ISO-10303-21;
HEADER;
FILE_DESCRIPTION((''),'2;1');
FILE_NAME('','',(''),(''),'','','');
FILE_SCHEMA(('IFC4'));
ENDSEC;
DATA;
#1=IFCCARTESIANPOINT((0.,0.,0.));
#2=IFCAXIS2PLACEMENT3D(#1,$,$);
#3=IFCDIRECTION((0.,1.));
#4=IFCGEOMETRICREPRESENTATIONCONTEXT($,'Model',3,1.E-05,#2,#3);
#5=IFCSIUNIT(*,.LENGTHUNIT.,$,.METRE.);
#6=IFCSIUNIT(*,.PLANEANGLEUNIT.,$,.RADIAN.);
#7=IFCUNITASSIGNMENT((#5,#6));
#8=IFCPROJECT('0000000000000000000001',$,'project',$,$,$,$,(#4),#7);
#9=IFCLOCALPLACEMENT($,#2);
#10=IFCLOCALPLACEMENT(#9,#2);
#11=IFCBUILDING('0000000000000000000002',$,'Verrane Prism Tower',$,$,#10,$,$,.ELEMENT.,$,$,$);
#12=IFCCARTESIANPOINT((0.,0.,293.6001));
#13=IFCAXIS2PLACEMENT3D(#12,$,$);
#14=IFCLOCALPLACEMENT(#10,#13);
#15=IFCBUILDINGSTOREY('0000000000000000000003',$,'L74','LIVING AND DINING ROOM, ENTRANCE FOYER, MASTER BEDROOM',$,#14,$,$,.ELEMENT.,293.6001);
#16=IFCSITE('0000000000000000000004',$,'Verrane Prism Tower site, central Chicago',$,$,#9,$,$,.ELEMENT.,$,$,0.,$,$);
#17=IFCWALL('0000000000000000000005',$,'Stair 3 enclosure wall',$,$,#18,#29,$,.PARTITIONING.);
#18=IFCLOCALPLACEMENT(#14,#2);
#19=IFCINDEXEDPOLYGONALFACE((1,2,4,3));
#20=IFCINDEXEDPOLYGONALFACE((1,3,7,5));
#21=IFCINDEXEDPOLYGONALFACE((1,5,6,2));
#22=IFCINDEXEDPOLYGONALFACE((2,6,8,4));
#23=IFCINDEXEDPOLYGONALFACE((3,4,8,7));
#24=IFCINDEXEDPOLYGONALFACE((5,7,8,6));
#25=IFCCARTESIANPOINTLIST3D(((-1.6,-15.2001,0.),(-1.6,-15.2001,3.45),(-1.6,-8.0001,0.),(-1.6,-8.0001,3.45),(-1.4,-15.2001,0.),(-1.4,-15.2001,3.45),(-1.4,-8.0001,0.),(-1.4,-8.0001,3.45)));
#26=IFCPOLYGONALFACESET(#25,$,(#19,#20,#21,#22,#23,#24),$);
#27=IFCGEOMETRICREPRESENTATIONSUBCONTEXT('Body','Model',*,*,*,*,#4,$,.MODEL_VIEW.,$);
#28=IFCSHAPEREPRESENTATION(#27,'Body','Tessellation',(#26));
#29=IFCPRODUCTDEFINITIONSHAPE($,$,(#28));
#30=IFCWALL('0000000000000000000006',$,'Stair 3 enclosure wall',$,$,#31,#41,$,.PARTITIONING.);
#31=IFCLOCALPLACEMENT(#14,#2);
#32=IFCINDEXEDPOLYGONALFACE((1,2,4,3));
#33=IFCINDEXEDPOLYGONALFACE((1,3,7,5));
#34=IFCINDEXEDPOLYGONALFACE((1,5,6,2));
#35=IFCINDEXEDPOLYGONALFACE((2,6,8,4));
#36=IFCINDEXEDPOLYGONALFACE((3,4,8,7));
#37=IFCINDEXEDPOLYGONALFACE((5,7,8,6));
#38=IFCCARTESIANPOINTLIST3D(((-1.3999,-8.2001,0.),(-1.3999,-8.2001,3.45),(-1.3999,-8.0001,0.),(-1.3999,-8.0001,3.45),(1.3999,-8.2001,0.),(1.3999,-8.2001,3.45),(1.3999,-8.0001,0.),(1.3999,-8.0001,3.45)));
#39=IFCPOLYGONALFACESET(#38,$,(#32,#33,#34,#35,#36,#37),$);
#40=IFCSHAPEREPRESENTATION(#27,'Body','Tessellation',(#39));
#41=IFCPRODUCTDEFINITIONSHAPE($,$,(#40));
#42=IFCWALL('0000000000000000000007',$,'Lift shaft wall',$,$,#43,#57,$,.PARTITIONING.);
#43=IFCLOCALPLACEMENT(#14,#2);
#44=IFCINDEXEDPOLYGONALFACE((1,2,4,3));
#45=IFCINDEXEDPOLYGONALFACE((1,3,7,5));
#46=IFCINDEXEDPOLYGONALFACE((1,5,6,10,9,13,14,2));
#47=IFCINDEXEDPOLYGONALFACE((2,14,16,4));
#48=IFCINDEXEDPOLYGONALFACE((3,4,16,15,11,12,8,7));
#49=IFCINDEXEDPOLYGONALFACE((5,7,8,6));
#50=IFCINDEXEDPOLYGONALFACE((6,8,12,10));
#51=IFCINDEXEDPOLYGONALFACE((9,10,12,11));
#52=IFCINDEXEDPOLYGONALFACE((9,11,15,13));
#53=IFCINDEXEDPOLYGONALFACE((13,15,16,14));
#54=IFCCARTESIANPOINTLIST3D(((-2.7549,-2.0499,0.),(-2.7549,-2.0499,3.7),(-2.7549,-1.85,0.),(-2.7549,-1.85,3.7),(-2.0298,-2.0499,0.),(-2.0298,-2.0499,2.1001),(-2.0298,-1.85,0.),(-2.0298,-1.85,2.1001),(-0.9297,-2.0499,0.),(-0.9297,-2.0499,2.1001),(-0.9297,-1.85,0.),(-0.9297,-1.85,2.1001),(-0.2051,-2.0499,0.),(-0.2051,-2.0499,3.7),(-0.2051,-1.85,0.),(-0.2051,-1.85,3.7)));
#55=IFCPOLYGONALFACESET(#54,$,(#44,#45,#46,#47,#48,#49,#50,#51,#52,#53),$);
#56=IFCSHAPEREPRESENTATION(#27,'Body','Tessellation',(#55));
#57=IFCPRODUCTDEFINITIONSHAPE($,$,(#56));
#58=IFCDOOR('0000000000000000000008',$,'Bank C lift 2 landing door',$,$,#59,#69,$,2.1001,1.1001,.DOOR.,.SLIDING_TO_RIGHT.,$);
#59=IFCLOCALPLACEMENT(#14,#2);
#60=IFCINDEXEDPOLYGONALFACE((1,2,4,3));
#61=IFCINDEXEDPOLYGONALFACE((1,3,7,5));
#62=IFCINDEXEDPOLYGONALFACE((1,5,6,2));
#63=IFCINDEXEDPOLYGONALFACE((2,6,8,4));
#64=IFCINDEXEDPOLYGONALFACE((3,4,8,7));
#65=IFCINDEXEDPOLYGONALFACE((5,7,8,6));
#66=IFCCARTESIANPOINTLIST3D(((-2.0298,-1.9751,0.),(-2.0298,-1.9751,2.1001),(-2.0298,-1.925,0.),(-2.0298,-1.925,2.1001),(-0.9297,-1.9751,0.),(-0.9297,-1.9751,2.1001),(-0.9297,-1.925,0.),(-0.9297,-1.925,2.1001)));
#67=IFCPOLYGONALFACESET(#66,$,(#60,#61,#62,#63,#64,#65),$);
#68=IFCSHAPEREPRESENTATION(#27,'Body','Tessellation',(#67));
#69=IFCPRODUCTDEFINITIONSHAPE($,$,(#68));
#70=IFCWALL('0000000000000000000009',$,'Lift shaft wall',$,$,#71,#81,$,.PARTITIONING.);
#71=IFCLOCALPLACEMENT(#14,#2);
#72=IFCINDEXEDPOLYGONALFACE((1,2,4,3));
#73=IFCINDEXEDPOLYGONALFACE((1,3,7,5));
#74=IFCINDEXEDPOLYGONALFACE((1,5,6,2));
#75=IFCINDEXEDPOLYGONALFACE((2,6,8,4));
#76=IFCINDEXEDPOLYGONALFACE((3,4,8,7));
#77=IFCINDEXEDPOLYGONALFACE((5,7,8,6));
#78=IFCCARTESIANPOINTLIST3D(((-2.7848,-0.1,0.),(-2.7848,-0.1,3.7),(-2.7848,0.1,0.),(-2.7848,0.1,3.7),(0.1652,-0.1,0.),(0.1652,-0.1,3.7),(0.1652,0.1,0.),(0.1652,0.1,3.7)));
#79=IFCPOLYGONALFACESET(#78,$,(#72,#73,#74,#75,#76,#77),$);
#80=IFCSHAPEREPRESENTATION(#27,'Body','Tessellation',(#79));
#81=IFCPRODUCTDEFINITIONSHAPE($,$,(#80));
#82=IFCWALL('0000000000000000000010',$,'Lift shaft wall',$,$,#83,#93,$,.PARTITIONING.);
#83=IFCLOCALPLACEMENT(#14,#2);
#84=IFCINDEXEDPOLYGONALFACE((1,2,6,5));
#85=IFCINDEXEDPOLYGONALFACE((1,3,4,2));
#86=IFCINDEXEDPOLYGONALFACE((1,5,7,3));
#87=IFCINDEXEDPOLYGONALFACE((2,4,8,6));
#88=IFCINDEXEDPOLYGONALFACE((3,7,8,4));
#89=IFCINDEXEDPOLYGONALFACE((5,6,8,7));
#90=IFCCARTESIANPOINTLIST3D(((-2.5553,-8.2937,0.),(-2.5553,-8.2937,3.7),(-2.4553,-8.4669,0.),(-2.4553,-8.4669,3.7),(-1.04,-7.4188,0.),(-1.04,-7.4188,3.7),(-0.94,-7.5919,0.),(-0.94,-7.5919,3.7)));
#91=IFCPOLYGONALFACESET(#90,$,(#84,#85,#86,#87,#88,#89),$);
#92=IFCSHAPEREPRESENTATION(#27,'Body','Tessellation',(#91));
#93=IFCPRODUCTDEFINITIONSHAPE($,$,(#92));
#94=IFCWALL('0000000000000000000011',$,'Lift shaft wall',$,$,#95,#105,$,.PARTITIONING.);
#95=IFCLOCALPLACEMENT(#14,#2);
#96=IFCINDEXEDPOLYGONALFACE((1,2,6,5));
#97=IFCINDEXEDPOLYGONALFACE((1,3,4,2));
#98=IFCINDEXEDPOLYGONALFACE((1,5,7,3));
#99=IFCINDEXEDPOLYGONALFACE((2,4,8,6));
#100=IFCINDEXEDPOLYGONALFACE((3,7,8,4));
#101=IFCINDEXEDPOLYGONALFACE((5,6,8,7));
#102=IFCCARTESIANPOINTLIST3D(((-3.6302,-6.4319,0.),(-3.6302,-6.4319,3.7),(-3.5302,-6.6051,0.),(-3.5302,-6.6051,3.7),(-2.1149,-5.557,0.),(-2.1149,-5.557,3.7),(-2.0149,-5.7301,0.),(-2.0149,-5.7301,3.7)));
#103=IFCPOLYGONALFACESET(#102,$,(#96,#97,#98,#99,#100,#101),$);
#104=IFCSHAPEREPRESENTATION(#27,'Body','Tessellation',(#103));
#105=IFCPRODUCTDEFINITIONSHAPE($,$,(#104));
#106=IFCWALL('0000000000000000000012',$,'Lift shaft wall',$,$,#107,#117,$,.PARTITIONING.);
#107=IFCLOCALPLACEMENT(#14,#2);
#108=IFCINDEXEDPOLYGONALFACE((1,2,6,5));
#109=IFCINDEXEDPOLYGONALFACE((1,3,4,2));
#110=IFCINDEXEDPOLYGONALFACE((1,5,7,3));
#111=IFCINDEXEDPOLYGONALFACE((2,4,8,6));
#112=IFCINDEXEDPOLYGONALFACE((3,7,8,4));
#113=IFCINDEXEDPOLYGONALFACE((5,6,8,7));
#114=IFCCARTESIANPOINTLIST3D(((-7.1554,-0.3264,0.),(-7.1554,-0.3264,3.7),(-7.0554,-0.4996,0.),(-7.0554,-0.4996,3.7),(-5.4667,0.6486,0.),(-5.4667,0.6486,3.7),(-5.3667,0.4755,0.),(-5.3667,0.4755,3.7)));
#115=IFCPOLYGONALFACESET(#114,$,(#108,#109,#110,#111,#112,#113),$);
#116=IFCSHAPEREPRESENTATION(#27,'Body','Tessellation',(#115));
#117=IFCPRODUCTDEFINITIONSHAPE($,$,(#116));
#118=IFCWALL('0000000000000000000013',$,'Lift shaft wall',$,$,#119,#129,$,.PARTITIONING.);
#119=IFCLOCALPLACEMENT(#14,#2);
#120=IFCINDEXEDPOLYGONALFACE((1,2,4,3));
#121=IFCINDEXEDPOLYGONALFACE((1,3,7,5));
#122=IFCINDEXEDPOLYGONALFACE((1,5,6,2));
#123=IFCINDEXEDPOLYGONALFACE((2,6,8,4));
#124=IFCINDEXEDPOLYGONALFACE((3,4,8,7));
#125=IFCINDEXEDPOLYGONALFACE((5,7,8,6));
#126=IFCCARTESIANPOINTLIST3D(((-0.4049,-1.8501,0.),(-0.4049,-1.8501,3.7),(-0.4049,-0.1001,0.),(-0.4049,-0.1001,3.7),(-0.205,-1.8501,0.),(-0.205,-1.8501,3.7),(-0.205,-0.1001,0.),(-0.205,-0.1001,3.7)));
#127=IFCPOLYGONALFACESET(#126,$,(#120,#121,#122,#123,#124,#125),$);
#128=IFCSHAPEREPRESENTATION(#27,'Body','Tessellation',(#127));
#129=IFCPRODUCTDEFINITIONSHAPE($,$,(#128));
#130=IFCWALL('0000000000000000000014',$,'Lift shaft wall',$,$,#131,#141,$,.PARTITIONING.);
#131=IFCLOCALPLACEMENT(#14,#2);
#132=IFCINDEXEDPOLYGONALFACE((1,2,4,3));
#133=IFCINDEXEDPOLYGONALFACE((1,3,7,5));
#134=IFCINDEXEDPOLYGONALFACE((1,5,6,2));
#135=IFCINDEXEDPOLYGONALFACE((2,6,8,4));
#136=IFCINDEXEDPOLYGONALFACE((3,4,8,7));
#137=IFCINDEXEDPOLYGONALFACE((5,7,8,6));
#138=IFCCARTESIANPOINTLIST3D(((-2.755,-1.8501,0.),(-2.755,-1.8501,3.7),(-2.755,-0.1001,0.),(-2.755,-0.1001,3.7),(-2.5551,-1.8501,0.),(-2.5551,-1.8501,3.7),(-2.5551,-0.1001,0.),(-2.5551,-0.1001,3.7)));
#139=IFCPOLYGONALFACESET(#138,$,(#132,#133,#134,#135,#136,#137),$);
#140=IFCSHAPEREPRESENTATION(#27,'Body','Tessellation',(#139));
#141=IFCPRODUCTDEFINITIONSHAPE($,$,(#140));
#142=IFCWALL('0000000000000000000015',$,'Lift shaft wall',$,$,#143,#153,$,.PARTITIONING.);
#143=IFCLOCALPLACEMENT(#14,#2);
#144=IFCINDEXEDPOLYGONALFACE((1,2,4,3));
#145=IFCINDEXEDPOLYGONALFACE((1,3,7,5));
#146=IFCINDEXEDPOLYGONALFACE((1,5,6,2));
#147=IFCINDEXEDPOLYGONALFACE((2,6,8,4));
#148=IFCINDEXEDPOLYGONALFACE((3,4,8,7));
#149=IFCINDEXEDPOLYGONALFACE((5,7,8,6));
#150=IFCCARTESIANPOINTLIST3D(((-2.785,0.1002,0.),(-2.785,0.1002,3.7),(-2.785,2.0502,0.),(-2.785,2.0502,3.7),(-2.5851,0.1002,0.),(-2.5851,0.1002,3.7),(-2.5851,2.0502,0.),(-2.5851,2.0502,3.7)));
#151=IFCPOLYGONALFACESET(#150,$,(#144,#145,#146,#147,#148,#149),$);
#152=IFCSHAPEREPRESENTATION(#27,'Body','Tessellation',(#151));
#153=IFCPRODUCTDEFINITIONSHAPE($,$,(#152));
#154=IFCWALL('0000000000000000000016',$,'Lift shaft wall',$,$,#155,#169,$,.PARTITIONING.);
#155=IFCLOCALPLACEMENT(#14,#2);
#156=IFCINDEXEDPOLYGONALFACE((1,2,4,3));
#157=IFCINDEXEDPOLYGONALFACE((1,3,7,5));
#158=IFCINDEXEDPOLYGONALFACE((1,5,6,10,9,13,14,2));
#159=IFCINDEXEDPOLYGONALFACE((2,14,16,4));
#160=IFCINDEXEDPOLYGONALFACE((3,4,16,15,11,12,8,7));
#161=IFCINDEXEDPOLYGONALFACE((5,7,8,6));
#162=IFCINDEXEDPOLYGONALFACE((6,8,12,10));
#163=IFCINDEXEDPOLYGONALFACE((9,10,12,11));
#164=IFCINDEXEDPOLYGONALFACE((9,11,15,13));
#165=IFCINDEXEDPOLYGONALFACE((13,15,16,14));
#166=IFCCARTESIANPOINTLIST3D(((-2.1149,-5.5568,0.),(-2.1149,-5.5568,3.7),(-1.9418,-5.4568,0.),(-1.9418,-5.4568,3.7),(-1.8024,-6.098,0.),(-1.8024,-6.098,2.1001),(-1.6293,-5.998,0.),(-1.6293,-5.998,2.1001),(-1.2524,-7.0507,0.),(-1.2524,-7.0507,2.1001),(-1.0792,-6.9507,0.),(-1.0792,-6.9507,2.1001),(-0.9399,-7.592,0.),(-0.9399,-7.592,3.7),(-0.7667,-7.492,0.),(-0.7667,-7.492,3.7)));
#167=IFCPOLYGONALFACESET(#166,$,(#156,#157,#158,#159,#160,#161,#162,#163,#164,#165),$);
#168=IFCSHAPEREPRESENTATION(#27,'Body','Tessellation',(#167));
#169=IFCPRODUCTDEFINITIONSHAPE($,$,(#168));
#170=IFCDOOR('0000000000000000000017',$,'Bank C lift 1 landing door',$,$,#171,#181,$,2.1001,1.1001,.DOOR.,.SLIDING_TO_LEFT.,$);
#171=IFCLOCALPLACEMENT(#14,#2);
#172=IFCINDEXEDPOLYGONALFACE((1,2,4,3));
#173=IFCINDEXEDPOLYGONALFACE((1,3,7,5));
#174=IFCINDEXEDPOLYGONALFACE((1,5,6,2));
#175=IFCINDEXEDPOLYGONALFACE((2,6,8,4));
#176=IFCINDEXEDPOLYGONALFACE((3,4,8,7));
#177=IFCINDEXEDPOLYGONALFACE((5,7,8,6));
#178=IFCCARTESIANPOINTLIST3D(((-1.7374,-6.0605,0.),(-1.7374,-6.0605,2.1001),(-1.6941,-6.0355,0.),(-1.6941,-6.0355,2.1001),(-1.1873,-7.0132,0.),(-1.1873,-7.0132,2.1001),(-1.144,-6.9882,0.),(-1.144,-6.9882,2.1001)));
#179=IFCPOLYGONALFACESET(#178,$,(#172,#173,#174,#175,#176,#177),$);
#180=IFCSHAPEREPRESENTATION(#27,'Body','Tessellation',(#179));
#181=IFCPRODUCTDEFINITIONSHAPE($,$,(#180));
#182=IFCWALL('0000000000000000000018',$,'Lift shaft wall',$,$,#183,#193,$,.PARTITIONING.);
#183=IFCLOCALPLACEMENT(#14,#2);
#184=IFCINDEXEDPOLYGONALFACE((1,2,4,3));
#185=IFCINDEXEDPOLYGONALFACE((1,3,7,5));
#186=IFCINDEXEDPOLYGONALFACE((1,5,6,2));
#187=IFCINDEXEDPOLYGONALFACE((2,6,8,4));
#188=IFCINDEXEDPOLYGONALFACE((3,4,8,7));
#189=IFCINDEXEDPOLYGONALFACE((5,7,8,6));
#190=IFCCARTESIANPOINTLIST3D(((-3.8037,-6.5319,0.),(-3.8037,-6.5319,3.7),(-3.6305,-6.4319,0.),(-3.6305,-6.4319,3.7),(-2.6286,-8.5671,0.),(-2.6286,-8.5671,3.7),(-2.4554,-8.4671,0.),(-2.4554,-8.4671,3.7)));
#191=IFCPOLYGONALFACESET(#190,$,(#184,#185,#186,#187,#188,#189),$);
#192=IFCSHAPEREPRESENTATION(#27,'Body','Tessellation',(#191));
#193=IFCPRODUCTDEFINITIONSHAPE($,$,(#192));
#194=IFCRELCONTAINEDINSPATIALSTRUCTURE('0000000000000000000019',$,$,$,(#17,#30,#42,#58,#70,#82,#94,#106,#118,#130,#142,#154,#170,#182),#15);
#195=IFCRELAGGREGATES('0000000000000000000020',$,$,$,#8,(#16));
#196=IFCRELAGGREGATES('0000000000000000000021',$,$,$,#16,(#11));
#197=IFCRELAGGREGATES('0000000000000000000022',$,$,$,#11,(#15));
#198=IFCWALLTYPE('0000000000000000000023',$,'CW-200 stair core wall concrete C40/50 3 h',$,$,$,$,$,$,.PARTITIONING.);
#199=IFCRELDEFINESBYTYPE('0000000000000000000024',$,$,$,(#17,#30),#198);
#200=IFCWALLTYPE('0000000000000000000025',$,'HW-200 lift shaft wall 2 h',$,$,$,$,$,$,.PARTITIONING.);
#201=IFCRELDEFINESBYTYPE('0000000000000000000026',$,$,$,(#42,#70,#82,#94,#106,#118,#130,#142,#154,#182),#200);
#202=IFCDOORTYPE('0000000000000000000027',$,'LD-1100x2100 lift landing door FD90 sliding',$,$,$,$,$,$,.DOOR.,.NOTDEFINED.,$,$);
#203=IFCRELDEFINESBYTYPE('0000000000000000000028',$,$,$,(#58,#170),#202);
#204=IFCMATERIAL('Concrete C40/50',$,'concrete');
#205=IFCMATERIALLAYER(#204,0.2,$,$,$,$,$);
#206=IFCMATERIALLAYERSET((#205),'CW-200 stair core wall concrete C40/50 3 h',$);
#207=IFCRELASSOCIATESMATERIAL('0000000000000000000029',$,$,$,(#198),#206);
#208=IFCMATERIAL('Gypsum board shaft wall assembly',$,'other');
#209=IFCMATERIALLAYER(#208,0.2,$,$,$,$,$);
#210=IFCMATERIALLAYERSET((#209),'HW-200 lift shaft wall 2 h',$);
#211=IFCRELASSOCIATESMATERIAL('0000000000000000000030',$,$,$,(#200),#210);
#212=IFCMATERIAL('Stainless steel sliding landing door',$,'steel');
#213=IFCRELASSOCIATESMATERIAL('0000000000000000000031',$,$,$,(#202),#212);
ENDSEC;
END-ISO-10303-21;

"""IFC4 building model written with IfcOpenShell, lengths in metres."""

from ifc_helpers import new_model, si_unit, direction, frame, frame_2d, origin, place, context, subcontext, project, spatial, rectangle, extrude, material, layer, layer_set, type_object, element, fill, save


model = new_model("IFC4")

# Units and contexts
model_context = context("Model", 3, precision=1e-05, world=origin(), true_north=direction((0.0, 1.0)))
body_context = subcontext(model_context, "Body", "Model", "MODEL_VIEW")
ifc_project = project(units=[si_unit("LENGTHUNIT", "METRE"), si_unit("PLANEANGLEUNIT", "RADIAN")], contexts=[model_context])

# Site, building, storey
site_placement = place(None, origin())
site = spatial("IfcSite", under=ifc_project, at=site_placement, Name="Verrane Prism Tower site, central Chicago", CompositionType="ELEMENT", RefElevation=0.0)
building_placement = place(site_placement, origin())
building = spatial("IfcBuilding", under=site, at=building_placement, Name="Verrane Prism Tower", CompositionType="ELEMENT")
storey_placement = place(building_placement, frame((0.0, 0.0, 293.6001)))
storey = spatial("IfcBuildingStorey", under=building, at=storey_placement, Name="L74", Description="LIVING AND DINING ROOM, ENTRANCE FOYER, MASTER BEDROOM", CompositionType="ELEMENT", Elevation=293.6001)

# Walls
ifc_material_1 = material(Name="Concrete C40/50", Category="concrete")
ifc_layer_1 = layer(ifc_material_1, 0.2)
ifc_layer_set_1 = layer_set([ifc_layer_1], Name="CW-200 stair core wall concrete C40/50 3 h")
wall_type_1 = type_object("IfcWallType", Name="CW-200 stair core wall concrete C40/50 3 h", PredefinedType="PARTITIONING", material=ifc_layer_set_1)
wall_1_placement = place(storey_placement, frame((-1.5, -8.0, 0.0), z_axis=(0.0, 0.0, 1.0), x_axis=(0.0, -1.0, 0.0)))
element("IfcWall", 1, at=wall_1_placement, inside=storey, type_object=wall_type_1, Name="Stair 3 enclosure wall", PredefinedType="PARTITIONING", context=body_context, shape_type="SweptSolid", body=[
    extrude(rectangle(XDim=7.2, YDim=0.2, at=frame_2d((3.6001, 0.0))), origin(), (0.0, 0.0, 1.0), 3.45),
])
wall_2_placement = place(storey_placement, frame((-1.3999, -8.1001, 0.0), z_axis=(0.0, 0.0, 1.0), x_axis=(1.0, 0.0, 0.0)))
element("IfcWall", 2, at=wall_2_placement, inside=storey, type_object=wall_type_1, Name="Stair 3 enclosure wall", PredefinedType="PARTITIONING", context=body_context, shape_type="SweptSolid", body=[
    extrude(rectangle(XDim=2.7998, YDim=0.2, at=frame_2d((1.3999, 0.0))), origin(), (0.0, 0.0, 1.0), 3.45),
])

# Wall, opening, door
ifc_material_2 = material(Name="Gypsum board shaft wall assembly", Category="other")
ifc_layer_2 = layer(ifc_material_2, 0.2)
ifc_layer_set_2 = layer_set([ifc_layer_2], Name="HW-200 lift shaft wall 2 h")
wall_type_2 = type_object("IfcWallType", Name="HW-200 lift shaft wall 2 h", PredefinedType="PARTITIONING", material=ifc_layer_set_2)
wall_3_placement = place(storey_placement, frame((-2.7549, -1.95, 0.0), z_axis=(0.0, 0.0, 1.0), x_axis=(1.0, 0.0, 0.0)))
wall_3 = element("IfcWall", 3, at=wall_3_placement, inside=storey, type_object=wall_type_2, Name="Lift shaft wall", PredefinedType="PARTITIONING", context=body_context, shape_type="SweptSolid", body=[
    extrude(rectangle(XDim=2.5498, YDim=0.2, at=frame_2d((1.2749, 0.0))), origin(), (0.0, 0.0, 1.0), 3.7),
])
opening_1_placement = place(wall_3_placement, frame((0.7251, 0.0, 0.0)))
opening_1 = element("IfcOpeningElement", 4, at=opening_1_placement, cuts=wall_3, PredefinedType="OPENING", context=body_context, shape_type="SweptSolid", body=[
    extrude(rectangle(XDim=1.1001, YDim=2.1001, at=frame_2d((0.55, 1.05))), frame((0.0, 0.1099, 0.0), z_axis=(0.0, -1.0, 0.0), x_axis=(1.0, 0.0, 0.0)), (0.0, 0.0, 1.0), 0.22),
])
ifc_material_3 = material(Name="Stainless steel sliding landing door", Category="steel")
door_type_1 = type_object("IfcDoorType", Name="LD-1100x2100 lift landing door FD90 sliding", OperationType="NOTDEFINED", PredefinedType="DOOR", material=ifc_material_3)
door_1_placement = place(opening_1_placement, origin())
door_1 = element("IfcDoor", 5, at=door_1_placement, inside=storey, type_object=door_type_1, Name="Bank C lift 2 landing door", OperationType="SLIDING_TO_RIGHT", OverallHeight=2.1001, OverallWidth=1.1001, PredefinedType="DOOR", context=body_context, shape_type="SweptSolid", body=[
    extrude(rectangle(XDim=1.1001, YDim=2.1001, at=frame_2d((0.55, 1.05))), frame((0.0, 0.0249, 0.0), z_axis=(0.0, -1.0, 0.0), x_axis=(1.0, 0.0, 0.0)), (0.0, 0.0, 1.0), 0.05),
])
fill(opening_1, door_1)

# Walls
wall_4_placement = place(storey_placement, frame((-2.7849, 0.0, 0.0), z_axis=(0.0, 0.0, 1.0), x_axis=(1.0, 0.0, 0.0)))
element("IfcWall", 6, at=wall_4_placement, inside=storey, type_object=wall_type_2, Name="Lift shaft wall", PredefinedType="PARTITIONING", context=body_context, shape_type="SweptSolid", body=[
    extrude(rectangle(XDim=2.95, YDim=0.2, at=frame_2d((1.4751, 0.0))), origin(), (0.0, 0.0, 1.0), 3.7),
])
for number, where, z_axis, x_axis, name in (
    (7, (-2.5054, -8.3804, 0.0), (0.0, 0.0, 1.0), (0.866002, 0.50004, 0.0), "Lift shaft wall"),
    (8, (-3.5803, -6.5186, 0.0), (0.0, 0.0, 1.0), (0.866002, 0.50004, 0.0), "Lift shaft wall"),
):
    element("IfcWall", number, at=place(storey_placement, frame(where, z_axis=z_axis, x_axis=x_axis)), inside=storey, type_object=wall_type_2, Name=name, PredefinedType="PARTITIONING", context=body_context, shape_type="SweptSolid", body=[
        extrude(rectangle(XDim=1.7498, YDim=0.2, at=frame_2d((0.875, 0.0))), origin(), (0.0, 0.0, 1.0), 3.7),
    ])
wall_5_placement = place(storey_placement, frame((-7.1055, -0.4131, 0.0), z_axis=(0.0, 0.0, 1.0), x_axis=(0.866, 0.500044, 0.0)))
element("IfcWall", 9, at=wall_5_placement, inside=storey, type_object=wall_type_2, Name="Lift shaft wall", PredefinedType="PARTITIONING", context=body_context, shape_type="SweptSolid", body=[
    extrude(rectangle(XDim=1.95, YDim=0.2, at=frame_2d((0.9751, 0.0))), origin(), (0.0, 0.0, 1.0), 3.7),
])
for number, where, z_axis, x_axis, name in (
    (10, (-0.3049, -1.8501, 0.0), (0.0, 0.0, 1.0), (0.0, 1.0, 0.0), "Lift shaft wall"),
    (11, (-2.655, -1.8501, 0.0), (0.0, 0.0, 1.0), (0.0, 1.0, 0.0), "Lift shaft wall"),
):
    element("IfcWall", number, at=place(storey_placement, frame(where, z_axis=z_axis, x_axis=x_axis)), inside=storey, type_object=wall_type_2, Name=name, PredefinedType="PARTITIONING", context=body_context, shape_type="SweptSolid", body=[
        extrude(rectangle(XDim=1.75, YDim=0.2, at=frame_2d((0.875, 0.0))), origin(), (0.0, 0.0, 1.0), 3.7),
    ])
wall_6_placement = place(storey_placement, frame((-2.6851, 0.1001, 0.0), z_axis=(0.0, 0.0, 1.0), x_axis=(0.0, 1.0, 0.0)))
element("IfcWall", 12, at=wall_6_placement, inside=storey, type_object=wall_type_2, Name="Lift shaft wall", PredefinedType="PARTITIONING", context=body_context, shape_type="SweptSolid", body=[
    extrude(rectangle(XDim=1.95, YDim=0.2, at=frame_2d((0.9751, 0.0))), origin(), (0.0, 0.0, 1.0), 3.7),
])

# Wall, opening, door
wall_7_placement = place(storey_placement, frame((-0.8533, -7.542, 0.0), z_axis=(0.0, 0.0, 1.0), x_axis=(-0.500016, 0.866016, 0.0)))
wall_7 = element("IfcWall", 13, at=wall_7_placement, inside=storey, type_object=wall_type_2, Name="Lift shaft wall", PredefinedType="PARTITIONING", context=body_context, shape_type="SweptSolid", body=[
    extrude(rectangle(XDim=2.3501, YDim=0.2, at=frame_2d((1.175, 0.0))), origin(), (0.0, 0.0, 1.0), 3.7),
])
opening_2_placement = place(wall_7_placement, frame((0.625, 0.0, 0.0)))
opening_2 = element("IfcOpeningElement", 14, at=opening_2_placement, cuts=wall_7, PredefinedType="OPENING", context=body_context, shape_type="SweptSolid", body=[
    extrude(rectangle(XDim=1.1001, YDim=2.1001, at=frame_2d((0.55, 1.05))), frame((0.0, 0.1099, 0.0), z_axis=(0.0, -1.0, 0.0), x_axis=(1.0, 0.0, 0.0)), (0.0, 0.0, 1.0), 0.22),
])
door_2_placement = place(opening_2_placement, origin())
door_2 = element("IfcDoor", 15, at=door_2_placement, inside=storey, type_object=door_type_1, Name="Bank C lift 1 landing door", OperationType="SLIDING_TO_LEFT", OverallHeight=2.1001, OverallWidth=1.1001, PredefinedType="DOOR", context=body_context, shape_type="SweptSolid", body=[
    extrude(rectangle(XDim=1.1001, YDim=2.1001, at=frame_2d((0.55, 1.05))), frame((0.0, 0.0249, 0.0), z_axis=(0.0, -1.0, 0.0), x_axis=(1.0, 0.0, 0.0)), (0.0, 0.0, 1.0), 0.05),
])
fill(opening_2, door_2)

# Wall
wall_8_placement = place(storey_placement, frame((-2.542, -8.5171, 0.0), z_axis=(0.0, 0.0, 1.0), x_axis=(-0.500016, 0.866016, 0.0)))
element("IfcWall", 16, at=wall_8_placement, inside=storey, type_object=wall_type_2, Name="Lift shaft wall", PredefinedType="PARTITIONING", context=body_context, shape_type="SweptSolid", body=[
    extrude(rectangle(XDim=2.3501, YDim=0.2, at=frame_2d((1.175, 0.0))), origin(), (0.0, 0.0, 1.0), 3.7),
])

save(model, "model.ifc")
